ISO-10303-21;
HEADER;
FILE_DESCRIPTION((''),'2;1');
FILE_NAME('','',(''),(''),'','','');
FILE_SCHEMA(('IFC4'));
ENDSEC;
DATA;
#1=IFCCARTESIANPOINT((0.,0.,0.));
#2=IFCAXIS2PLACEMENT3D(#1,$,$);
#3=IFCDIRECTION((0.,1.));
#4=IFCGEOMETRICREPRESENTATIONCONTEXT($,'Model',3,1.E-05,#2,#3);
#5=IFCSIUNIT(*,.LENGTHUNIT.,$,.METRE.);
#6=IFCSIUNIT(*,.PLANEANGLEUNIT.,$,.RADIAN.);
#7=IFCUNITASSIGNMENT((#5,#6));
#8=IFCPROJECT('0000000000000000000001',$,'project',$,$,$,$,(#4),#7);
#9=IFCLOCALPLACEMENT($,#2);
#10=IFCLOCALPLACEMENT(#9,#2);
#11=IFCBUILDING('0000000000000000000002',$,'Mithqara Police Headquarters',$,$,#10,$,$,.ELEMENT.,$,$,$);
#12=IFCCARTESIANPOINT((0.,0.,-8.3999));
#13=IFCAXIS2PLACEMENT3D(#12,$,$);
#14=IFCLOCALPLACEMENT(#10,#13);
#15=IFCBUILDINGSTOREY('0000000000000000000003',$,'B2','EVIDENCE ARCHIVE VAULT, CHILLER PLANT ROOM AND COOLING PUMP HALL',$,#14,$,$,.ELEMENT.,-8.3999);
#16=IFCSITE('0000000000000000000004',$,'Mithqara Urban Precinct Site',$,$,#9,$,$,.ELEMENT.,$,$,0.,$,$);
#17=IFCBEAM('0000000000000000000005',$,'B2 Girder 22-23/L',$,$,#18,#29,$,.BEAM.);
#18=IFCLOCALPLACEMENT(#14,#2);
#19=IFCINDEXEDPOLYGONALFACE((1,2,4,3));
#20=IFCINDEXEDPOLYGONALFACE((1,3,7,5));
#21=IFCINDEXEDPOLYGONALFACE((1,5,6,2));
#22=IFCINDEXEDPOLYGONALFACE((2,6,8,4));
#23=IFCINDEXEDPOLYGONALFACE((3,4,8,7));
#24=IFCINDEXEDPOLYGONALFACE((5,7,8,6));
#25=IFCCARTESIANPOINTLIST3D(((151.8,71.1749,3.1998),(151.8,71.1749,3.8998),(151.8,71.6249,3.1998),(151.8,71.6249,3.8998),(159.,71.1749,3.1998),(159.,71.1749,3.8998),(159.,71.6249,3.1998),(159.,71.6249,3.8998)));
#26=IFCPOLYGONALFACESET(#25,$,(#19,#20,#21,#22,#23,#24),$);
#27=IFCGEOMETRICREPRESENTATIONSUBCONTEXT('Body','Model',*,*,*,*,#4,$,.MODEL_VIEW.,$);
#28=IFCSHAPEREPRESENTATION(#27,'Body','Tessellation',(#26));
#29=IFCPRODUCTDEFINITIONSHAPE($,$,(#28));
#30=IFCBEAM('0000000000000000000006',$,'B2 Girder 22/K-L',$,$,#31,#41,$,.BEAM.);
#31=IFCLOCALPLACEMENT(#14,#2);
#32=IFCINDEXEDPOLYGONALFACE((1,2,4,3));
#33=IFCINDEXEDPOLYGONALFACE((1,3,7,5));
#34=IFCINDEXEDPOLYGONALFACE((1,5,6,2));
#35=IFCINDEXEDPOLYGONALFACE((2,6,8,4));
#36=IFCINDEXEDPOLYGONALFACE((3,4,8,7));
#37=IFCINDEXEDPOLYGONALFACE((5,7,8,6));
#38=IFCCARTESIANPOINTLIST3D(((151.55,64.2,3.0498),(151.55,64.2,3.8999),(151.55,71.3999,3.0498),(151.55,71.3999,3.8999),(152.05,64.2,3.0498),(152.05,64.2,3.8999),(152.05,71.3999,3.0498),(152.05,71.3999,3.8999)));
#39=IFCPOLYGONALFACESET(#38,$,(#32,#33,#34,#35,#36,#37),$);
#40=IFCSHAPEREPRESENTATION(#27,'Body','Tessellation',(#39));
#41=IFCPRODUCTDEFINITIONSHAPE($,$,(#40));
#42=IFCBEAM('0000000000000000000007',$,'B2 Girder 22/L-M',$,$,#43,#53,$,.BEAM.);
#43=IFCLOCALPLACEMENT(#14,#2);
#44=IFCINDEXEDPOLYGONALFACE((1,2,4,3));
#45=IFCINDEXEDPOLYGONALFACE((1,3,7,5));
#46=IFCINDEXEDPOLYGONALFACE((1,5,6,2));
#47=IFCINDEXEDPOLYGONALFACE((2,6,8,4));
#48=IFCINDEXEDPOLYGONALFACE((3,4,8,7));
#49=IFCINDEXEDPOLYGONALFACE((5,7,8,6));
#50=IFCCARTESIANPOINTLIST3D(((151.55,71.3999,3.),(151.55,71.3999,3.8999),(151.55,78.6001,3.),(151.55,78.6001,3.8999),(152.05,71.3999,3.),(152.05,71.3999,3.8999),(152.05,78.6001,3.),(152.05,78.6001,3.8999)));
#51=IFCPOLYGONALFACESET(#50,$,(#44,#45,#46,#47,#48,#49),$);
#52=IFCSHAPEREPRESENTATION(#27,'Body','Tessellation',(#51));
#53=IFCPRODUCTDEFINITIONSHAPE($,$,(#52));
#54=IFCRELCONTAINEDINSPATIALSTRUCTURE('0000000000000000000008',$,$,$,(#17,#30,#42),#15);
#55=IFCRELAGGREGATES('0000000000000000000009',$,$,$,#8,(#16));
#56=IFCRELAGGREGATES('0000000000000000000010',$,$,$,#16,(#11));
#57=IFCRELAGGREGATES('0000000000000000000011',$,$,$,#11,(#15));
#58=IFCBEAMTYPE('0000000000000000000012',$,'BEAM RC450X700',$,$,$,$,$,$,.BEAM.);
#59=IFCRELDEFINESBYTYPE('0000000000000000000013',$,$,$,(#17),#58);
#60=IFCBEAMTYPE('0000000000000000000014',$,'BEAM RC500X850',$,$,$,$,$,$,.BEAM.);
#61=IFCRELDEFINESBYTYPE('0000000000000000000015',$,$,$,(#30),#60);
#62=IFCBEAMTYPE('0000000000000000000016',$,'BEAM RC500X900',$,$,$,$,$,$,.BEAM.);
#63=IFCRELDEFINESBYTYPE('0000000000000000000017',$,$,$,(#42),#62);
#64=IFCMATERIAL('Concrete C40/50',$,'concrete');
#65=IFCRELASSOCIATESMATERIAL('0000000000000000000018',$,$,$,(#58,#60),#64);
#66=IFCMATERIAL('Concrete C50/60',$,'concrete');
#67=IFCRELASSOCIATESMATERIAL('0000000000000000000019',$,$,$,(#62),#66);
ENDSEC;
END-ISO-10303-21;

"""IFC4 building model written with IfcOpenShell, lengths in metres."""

from ifc_helpers import new_model, si_unit, direction, frame, origin, origin_2d, place, context, subcontext, project, spatial, rectangle, extrude, material, material_profile, profile_set, type_object, element, save


model = new_model("IFC4")

# Units and contexts
model_context = context("Model", 3, precision=1e-05, world=origin(), true_north=direction((0.0, 1.0)))
body_context = subcontext(model_context, "Body", "Model", "MODEL_VIEW")
ifc_project = project(units=[si_unit("LENGTHUNIT", "METRE"), si_unit("PLANEANGLEUNIT", "RADIAN")], contexts=[model_context])

# Site, building, storey
site_placement = place(None, origin())
site = spatial("IfcSite", under=ifc_project, at=site_placement, Name="Mithqara Urban Precinct Site", CompositionType="ELEMENT", RefElevation=0.0)
building_placement = place(site_placement, origin())
building = spatial("IfcBuilding", under=site, at=building_placement, Name="Mithqara Police Headquarters", CompositionType="ELEMENT")
storey_placement = place(building_placement, frame((0.0, 0.0, -8.3999)))
storey = spatial("IfcBuildingStorey", under=building, at=storey_placement, Name="B2", Description="EVIDENCE ARCHIVE VAULT, CHILLER PLANT ROOM AND COOLING PUMP HALL", CompositionType="ELEMENT", Elevation=-8.3999)

# Shared definitions
ifc_material_1 = material(Name="Concrete C40/50", Category="concrete")

# Shared definitions
ifc_material_2 = material(Name="Concrete C50/60", Category="concrete")

# Beams
ifc_material_profile_1 = material_profile(ifc_material_1, rectangle(XDim=0.45, YDim=0.7, at=origin_2d()), Name="RC 450x700")
ifc_profile_set_1 = profile_set([ifc_material_profile_1], Name="Concrete C40/50")
beam_type_1 = type_object("IfcBeamType", Name="BEAM RC450X700", PredefinedType="BEAM", material=ifc_profile_set_1)
beam_1_placement = place(storey_placement, frame((151.8, 71.3999, 3.5498), z_axis=(1.0, 0.0, 0.0), x_axis=(0.0, 1.0, 0.0)))
element("IfcBeam", 1, at=beam_1_placement, inside=storey, type_object=beam_type_1, Name="B2 Girder 22-23/L", PredefinedType="BEAM", context=body_context, shape_type="SweptSolid", body=[
    extrude(rectangle(XDim=0.45, YDim=0.7, at=origin_2d()), origin(), (0.0, 0.0, 1.0), 7.2),
])
ifc_material_profile_2 = material_profile(ifc_material_1, rectangle(XDim=0.5, YDim=0.8501, at=origin_2d()), Name="RC 500x850")
ifc_profile_set_2 = profile_set([ifc_material_profile_2], Name="Concrete C40/50")
beam_type_2 = type_object("IfcBeamType", Name="BEAM RC500X850", PredefinedType="BEAM", material=ifc_profile_set_2)
beam_2_placement = place(storey_placement, frame((151.8, 64.2, 3.4749), z_axis=(0.0, 1.0, 0.0), x_axis=(-1.0, 0.0, 0.0)))
element("IfcBeam", 2, at=beam_2_placement, inside=storey, type_object=beam_type_2, Name="B2 Girder 22/K-L", PredefinedType="BEAM", context=body_context, shape_type="SweptSolid", body=[
    extrude(rectangle(XDim=0.5, YDim=0.8501, at=origin_2d()), origin(), (0.0, 0.0, 1.0), 7.2),
])
ifc_material_profile_3 = material_profile(ifc_material_2, rectangle(XDim=0.5, YDim=0.8999, at=origin_2d()), Name="RC 500x900")
ifc_profile_set_3 = profile_set([ifc_material_profile_3], Name="Concrete C50/60")
beam_type_3 = type_object("IfcBeamType", Name="BEAM RC500X900", PredefinedType="BEAM", material=ifc_profile_set_3)
beam_3_placement = place(storey_placement, frame((151.8, 71.3999, 3.45), z_axis=(0.0, 1.0, 0.0), x_axis=(-1.0, 0.0, 0.0)))
element("IfcBeam", 3, at=beam_3_placement, inside=storey, type_object=beam_type_3, Name="B2 Girder 22/L-M", PredefinedType="BEAM", context=body_context, shape_type="SweptSolid", body=[
    extrude(rectangle(XDim=0.5, YDim=0.8999, at=origin_2d()), origin(), (0.0, 0.0, 1.0), 7.2002),
])

save(model, "model.ifc")
